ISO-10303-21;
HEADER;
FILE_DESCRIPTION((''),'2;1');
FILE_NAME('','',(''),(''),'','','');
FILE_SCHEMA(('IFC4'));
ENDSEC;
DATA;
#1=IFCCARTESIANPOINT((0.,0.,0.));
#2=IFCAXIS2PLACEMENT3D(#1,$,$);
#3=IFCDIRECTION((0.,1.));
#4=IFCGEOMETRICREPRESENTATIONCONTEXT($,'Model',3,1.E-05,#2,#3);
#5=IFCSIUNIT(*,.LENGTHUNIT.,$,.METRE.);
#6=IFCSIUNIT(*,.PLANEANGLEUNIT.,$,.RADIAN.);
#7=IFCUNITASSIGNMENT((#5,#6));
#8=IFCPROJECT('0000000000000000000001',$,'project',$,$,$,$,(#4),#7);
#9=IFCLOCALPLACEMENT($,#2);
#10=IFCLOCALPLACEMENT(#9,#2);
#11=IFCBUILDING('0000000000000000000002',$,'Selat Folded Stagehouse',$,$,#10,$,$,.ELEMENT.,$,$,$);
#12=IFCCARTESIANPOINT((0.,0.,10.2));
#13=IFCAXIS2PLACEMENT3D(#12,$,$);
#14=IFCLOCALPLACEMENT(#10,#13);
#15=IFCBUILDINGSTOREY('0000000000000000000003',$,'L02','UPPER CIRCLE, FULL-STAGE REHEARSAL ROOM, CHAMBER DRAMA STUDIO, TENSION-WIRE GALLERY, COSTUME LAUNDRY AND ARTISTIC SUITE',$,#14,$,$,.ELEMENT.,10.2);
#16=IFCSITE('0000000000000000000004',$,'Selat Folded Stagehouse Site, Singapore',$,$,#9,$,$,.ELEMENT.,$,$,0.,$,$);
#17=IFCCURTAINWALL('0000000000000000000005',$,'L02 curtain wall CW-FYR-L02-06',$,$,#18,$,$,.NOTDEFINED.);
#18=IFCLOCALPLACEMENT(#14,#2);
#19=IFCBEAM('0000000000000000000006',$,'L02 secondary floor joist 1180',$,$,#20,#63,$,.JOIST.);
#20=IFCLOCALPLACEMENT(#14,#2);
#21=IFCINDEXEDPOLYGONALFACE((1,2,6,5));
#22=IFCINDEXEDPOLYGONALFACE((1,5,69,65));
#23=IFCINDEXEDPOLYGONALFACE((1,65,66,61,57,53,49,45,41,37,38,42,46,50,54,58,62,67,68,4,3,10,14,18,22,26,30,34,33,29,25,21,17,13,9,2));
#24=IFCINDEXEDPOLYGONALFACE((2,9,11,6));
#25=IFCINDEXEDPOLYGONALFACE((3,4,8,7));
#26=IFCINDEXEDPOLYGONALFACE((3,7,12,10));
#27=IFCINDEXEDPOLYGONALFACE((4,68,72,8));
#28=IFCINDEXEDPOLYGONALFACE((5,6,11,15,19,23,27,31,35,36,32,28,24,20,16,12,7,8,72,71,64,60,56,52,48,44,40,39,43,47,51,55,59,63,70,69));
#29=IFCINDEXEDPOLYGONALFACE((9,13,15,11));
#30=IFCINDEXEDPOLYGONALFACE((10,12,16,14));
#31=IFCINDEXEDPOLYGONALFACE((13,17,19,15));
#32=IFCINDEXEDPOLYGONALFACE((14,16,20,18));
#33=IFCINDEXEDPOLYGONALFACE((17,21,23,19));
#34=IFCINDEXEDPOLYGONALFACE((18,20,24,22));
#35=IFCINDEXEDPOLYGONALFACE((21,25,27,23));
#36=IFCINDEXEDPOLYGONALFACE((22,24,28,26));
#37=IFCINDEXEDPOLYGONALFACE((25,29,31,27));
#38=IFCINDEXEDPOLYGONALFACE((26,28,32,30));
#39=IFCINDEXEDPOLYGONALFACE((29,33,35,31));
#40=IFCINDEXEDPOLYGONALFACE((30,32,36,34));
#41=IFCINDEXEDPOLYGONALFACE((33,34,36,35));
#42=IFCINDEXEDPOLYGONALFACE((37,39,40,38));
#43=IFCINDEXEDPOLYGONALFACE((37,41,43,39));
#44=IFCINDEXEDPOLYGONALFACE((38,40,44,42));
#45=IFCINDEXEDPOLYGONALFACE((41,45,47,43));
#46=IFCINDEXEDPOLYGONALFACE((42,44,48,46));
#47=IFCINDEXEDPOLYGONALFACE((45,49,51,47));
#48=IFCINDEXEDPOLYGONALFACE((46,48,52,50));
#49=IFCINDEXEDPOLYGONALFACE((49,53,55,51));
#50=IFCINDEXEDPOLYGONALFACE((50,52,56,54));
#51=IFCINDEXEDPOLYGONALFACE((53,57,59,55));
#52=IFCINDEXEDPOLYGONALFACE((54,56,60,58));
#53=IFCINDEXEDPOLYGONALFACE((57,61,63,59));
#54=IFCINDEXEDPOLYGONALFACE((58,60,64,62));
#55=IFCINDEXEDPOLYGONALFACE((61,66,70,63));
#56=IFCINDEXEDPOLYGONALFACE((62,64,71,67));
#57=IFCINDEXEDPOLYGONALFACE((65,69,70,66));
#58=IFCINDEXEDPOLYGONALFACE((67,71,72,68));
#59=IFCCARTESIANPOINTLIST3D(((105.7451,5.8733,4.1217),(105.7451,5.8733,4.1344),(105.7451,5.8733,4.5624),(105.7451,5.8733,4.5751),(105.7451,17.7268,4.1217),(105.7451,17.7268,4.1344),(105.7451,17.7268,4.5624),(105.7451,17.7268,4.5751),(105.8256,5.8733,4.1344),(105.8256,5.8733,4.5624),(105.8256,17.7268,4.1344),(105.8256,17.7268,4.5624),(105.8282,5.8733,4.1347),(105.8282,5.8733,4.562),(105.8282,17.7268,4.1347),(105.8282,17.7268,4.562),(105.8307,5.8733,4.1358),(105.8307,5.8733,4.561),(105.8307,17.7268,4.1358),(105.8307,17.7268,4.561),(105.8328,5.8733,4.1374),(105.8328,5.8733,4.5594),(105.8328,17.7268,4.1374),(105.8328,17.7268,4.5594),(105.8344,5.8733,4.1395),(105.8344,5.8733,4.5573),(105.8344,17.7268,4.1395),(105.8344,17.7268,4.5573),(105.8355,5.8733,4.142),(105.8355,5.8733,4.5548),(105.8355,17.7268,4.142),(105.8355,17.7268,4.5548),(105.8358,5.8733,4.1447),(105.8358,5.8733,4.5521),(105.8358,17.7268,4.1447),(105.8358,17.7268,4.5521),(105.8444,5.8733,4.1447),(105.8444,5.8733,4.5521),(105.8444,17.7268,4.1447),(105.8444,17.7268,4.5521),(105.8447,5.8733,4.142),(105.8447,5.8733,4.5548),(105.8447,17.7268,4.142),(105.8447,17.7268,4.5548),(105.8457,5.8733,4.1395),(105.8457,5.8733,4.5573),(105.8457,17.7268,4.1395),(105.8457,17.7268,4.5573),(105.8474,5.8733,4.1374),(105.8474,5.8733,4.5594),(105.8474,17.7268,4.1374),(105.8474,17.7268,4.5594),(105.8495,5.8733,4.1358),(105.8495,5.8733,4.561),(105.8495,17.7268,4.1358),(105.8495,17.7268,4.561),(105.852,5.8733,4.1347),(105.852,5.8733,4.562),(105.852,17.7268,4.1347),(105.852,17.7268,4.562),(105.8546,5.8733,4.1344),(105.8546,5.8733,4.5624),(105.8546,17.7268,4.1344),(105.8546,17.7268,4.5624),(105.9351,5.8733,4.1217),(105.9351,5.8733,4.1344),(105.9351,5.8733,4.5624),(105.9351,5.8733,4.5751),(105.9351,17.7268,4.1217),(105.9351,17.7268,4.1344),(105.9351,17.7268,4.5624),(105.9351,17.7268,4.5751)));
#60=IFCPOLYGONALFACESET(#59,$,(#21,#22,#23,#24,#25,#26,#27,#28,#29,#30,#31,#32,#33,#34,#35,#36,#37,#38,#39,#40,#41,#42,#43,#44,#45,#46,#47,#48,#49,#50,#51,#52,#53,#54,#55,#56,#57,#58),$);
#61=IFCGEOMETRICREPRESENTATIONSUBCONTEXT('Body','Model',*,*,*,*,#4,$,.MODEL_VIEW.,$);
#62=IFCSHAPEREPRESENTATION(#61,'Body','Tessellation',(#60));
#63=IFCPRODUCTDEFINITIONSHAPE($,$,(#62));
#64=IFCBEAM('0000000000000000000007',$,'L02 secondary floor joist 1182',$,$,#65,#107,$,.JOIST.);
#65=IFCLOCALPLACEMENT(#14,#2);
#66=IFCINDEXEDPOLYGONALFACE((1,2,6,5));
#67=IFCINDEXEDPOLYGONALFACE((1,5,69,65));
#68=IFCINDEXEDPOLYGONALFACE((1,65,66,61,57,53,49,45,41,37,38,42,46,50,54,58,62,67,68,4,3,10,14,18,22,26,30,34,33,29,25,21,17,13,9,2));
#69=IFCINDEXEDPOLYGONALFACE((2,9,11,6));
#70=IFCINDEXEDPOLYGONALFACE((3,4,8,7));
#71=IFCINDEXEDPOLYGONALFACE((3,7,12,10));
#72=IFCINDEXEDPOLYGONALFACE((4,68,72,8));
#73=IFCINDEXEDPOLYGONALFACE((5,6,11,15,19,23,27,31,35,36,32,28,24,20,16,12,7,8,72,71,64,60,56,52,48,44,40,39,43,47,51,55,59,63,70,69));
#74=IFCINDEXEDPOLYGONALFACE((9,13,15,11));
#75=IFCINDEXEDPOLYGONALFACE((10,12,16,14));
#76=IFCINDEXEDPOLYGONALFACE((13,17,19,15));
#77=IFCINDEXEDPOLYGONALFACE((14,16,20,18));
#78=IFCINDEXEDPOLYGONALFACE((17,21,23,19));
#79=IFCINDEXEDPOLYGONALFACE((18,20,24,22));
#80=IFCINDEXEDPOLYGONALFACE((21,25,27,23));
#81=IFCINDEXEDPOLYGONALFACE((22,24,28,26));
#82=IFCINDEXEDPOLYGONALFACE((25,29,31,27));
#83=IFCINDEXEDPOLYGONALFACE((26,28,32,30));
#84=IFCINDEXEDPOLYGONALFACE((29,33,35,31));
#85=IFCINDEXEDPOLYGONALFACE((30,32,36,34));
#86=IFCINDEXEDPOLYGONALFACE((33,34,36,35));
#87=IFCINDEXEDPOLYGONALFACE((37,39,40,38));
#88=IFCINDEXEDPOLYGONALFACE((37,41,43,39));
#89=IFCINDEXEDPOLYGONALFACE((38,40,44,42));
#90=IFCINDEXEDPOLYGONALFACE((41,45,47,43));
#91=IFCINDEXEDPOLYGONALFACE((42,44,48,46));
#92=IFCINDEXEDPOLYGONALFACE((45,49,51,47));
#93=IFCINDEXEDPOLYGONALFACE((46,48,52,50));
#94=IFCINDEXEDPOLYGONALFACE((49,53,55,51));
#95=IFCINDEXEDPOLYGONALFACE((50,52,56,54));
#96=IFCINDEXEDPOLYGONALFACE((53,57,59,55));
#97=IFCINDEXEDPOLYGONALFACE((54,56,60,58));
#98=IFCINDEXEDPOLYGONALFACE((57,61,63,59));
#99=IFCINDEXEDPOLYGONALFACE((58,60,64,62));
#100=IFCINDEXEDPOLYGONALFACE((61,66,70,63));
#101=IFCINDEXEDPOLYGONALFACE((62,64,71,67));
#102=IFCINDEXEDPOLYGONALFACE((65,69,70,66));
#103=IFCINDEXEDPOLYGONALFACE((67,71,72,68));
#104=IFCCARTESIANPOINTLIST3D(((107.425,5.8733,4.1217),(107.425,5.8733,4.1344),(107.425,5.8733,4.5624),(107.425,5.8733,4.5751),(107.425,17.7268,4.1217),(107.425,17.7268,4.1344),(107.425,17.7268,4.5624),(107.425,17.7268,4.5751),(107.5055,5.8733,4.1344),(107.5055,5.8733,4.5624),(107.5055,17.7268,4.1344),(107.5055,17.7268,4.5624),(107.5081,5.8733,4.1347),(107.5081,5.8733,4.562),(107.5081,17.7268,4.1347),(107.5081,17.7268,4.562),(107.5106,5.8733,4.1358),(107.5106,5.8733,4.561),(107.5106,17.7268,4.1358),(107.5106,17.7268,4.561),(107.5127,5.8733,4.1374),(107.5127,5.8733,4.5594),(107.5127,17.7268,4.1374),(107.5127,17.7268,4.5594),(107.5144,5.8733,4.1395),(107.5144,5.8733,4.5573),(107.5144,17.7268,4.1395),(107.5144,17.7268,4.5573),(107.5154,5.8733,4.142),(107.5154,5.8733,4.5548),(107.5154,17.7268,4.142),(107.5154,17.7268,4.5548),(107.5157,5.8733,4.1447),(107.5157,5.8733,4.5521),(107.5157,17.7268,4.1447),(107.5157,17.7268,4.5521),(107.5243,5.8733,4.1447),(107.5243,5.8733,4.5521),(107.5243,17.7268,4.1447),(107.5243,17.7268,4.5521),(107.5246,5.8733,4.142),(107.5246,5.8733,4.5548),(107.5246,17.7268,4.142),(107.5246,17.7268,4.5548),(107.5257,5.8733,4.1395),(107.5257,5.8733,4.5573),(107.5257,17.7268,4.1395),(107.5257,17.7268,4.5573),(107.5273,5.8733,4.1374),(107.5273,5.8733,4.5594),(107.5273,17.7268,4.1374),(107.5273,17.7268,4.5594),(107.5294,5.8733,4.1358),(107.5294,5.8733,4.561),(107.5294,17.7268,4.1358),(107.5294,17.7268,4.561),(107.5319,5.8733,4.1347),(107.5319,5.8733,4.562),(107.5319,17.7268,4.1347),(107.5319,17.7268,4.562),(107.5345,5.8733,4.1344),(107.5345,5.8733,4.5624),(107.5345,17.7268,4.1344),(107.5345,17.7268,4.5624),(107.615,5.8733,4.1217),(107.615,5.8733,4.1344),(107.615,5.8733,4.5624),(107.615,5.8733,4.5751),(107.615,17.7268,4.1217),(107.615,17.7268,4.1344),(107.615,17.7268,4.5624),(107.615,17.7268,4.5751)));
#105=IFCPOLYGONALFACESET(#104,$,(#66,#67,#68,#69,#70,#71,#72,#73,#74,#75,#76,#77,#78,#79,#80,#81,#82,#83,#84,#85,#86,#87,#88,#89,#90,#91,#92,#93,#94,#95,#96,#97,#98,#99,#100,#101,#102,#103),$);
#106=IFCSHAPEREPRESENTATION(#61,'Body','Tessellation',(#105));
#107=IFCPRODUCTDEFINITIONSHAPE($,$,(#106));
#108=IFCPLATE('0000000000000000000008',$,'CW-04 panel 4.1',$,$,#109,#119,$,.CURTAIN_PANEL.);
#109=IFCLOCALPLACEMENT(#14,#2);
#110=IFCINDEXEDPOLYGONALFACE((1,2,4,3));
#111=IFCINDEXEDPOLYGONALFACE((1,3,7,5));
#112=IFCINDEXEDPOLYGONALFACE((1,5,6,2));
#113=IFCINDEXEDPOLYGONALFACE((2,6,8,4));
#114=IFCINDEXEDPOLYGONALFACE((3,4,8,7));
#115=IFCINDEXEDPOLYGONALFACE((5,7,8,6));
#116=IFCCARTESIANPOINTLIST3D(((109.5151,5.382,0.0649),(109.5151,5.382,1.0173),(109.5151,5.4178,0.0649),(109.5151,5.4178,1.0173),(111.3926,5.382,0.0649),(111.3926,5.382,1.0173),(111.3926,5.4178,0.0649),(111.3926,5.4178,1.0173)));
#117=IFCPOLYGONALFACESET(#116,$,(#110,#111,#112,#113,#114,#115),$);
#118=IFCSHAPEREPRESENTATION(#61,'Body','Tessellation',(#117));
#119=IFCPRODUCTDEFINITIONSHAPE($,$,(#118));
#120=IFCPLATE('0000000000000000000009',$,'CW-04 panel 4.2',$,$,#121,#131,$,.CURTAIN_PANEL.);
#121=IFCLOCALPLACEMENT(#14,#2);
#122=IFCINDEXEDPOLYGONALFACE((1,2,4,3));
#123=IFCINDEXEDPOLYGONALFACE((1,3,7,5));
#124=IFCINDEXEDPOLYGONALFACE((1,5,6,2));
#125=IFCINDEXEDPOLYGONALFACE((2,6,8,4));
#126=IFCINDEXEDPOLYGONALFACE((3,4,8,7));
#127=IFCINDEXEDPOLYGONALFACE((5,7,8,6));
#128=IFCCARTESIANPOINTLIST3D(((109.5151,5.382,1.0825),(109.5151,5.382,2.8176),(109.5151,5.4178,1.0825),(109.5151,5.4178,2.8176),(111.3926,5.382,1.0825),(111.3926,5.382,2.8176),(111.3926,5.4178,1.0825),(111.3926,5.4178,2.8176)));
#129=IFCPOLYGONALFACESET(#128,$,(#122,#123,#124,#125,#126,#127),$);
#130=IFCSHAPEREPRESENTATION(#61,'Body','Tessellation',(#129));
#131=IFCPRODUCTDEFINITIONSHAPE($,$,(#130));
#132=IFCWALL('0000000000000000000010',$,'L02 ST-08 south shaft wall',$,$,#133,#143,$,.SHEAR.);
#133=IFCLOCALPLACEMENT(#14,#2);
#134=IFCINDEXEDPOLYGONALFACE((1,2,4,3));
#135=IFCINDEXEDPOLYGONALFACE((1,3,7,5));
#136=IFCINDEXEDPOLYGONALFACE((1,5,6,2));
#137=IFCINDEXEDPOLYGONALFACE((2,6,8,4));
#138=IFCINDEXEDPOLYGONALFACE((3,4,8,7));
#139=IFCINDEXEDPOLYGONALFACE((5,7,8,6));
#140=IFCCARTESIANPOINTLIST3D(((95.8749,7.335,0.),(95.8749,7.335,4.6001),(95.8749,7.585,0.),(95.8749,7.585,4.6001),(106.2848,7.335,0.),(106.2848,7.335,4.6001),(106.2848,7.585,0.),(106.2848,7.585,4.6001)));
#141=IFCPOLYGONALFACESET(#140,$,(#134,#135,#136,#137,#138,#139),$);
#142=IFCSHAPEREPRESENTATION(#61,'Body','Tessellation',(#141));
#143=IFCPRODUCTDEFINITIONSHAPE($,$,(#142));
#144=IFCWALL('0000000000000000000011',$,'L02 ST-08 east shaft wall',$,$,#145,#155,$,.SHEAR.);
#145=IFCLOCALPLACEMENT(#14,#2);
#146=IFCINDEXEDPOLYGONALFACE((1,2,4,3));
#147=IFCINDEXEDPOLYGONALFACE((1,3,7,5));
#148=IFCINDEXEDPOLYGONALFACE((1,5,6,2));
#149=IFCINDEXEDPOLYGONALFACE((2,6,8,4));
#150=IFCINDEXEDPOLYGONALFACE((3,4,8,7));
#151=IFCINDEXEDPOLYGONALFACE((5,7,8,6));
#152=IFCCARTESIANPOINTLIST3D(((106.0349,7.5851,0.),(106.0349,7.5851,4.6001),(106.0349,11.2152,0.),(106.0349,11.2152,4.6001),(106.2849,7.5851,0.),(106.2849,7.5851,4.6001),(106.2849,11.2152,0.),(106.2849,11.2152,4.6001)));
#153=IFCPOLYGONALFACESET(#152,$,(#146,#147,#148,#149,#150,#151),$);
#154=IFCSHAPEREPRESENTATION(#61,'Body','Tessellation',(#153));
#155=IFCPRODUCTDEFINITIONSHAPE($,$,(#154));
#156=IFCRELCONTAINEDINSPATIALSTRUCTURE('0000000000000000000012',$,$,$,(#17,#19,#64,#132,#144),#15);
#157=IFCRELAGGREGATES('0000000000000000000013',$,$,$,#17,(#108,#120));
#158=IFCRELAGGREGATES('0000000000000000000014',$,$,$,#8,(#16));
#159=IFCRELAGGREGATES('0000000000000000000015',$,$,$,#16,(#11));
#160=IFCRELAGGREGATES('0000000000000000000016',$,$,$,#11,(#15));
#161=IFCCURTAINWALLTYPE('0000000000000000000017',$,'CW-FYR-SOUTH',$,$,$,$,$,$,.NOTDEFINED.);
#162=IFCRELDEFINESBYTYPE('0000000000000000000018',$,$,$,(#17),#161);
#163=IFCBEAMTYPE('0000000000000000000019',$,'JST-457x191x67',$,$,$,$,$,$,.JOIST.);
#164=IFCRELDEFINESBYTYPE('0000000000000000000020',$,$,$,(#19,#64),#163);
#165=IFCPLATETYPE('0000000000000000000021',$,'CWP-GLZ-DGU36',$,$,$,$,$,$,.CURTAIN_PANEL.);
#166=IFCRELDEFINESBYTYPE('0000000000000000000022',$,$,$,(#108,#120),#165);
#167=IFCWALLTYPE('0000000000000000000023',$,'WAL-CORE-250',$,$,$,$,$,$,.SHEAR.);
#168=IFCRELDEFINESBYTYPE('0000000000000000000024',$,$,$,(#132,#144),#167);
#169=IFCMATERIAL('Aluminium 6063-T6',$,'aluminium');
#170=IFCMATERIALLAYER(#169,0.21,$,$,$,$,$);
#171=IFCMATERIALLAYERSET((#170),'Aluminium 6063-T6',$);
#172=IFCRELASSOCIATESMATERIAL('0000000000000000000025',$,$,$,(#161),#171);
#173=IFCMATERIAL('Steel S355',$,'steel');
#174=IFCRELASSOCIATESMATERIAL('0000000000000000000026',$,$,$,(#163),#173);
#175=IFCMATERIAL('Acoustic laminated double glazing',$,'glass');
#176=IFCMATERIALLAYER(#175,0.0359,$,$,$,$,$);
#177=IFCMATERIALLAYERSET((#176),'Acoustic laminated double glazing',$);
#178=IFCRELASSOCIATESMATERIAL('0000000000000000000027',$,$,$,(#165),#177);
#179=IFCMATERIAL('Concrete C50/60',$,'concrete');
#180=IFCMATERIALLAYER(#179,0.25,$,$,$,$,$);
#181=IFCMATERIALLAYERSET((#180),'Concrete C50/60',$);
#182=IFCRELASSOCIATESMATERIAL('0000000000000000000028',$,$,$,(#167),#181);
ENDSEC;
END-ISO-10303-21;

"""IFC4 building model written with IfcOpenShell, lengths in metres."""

from ifc_helpers import new_model, si_unit, direction, frame, frame_2d, origin, origin_2d, place, context, subcontext, project, spatial, rectangle, i_section, extrude, material, layer, layer_set, material_profile, profile_set, type_object, element, aggregate, save


model = new_model("IFC4")

# Units and contexts
model_context = context("Model", 3, precision=1e-05, world=origin(), true_north=direction((0.0, 1.0)))
body_context = subcontext(model_context, "Body", "Model", "MODEL_VIEW")
ifc_project = project(units=[si_unit("LENGTHUNIT", "METRE"), si_unit("PLANEANGLEUNIT", "RADIAN")], contexts=[model_context])

# Site, building, storey
site_placement = place(None, origin())
site = spatial("IfcSite", under=ifc_project, at=site_placement, Name="Selat Folded Stagehouse Site, Singapore", CompositionType="ELEMENT", RefElevation=0.0)
building_placement = place(site_placement, origin())
building = spatial("IfcBuilding", under=site, at=building_placement, Name="Selat Folded Stagehouse", CompositionType="ELEMENT")
storey_placement = place(building_placement, frame((0.0, 0.0, 10.2)))
storey = spatial("IfcBuildingStorey", under=building, at=storey_placement, Name="L02", Description="UPPER CIRCLE, FULL-STAGE REHEARSAL ROOM, CHAMBER DRAMA STUDIO, TENSION-WIRE GALLERY, COSTUME LAUNDRY AND ARTISTIC SUITE", CompositionType="ELEMENT", Elevation=10.2)

# Shared definitions
ifc_material_1 = material(Name="Steel S355", Category="steel")

# Curtain wall
ifc_material_2 = material(Name="Aluminium 6063-T6", Category="aluminium")
ifc_layer_1 = layer(ifc_material_2, 0.21)
ifc_layer_set_1 = layer_set([ifc_layer_1], Name="Aluminium 6063-T6")
curtain_wall_type_1 = type_object("IfcCurtainWallType", Name="CW-FYR-SOUTH", PredefinedType="NOTDEFINED", material=ifc_layer_set_1)
curtain_wall_1_placement = place(storey_placement, origin())
curtain_wall_1 = element("IfcCurtainWall", 1, at=curtain_wall_1_placement, inside=storey, type_object=curtain_wall_type_1, Name="L02 curtain wall CW-FYR-L02-06", PredefinedType="NOTDEFINED")

# Beams
ifc_material_profile_1 = material_profile(ifc_material_1, i_section(OverallWidth=0.1899, OverallDepth=0.4534, WebThickness=0.0085, FlangeThickness=0.0127, FilletRadius=0.0103, at=origin_2d()), Name="UKB 457x191x67")
ifc_profile_set_1 = profile_set([ifc_material_profile_1], Name="Steel S355")
beam_type_1 = type_object("IfcBeamType", Name="JST-457x191x67", PredefinedType="JOIST", material=ifc_profile_set_1)
for number, where, z_axis, x_axis, name in (
    (2, (105.8401, 5.8733, 4.3484), (0.0, 1.0, 0.0), (-1.0, 0.0, 0.0), "L02 secondary floor joist 1180"),
    (3, (107.52, 5.8733, 4.3484), (0.0, 1.0, 0.0), (-1.0, 0.0, 0.0), "L02 secondary floor joist 1182"),
):
    element("IfcBeam", number, at=place(storey_placement, frame(where, z_axis=z_axis, x_axis=x_axis)), inside=storey, type_object=beam_type_1, Name=name, PredefinedType="JOIST", context=body_context, shape_type="SweptSolid", body=[
        extrude(i_section(OverallWidth=0.1899, OverallDepth=0.4534, WebThickness=0.0085, FlangeThickness=0.0127, FilletRadius=0.0103, at=origin_2d()), origin(), (0.0, 0.0, 1.0), 11.8535),
    ])

# Plates
ifc_material_3 = material(Name="Acoustic laminated double glazing", Category="glass")
ifc_layer_2 = layer(ifc_material_3, 0.0359)
ifc_layer_set_2 = layer_set([ifc_layer_2], Name="Acoustic laminated double glazing")
plate_type = type_object("IfcPlateType", Name="CWP-GLZ-DGU36", PredefinedType="CURTAIN_PANEL", material=ifc_layer_set_2)
plate_1_placement = place(storey_placement, frame((110.4539, 5.3999, 0.0649), z_axis=(0.0, 0.0, 1.0), x_axis=(-1.0, 0.0, 0.0)))
plate_1 = element("IfcPlate", 4, at=plate_1_placement, type_object=plate_type, Name="CW-04 panel 4.1", PredefinedType="CURTAIN_PANEL", context=body_context, shape_type="SweptSolid", body=[
    extrude(rectangle(XDim=1.8774, YDim=0.0359, at=origin_2d()), origin(), (0.0, 0.0, 1.0), 0.9524),
])
plate_2_placement = place(storey_placement, frame((110.4539, 5.3999, 1.0825), z_axis=(0.0, 0.0, 1.0), x_axis=(-1.0, 0.0, 0.0)))
plate_2 = element("IfcPlate", 5, at=plate_2_placement, type_object=plate_type, Name="CW-04 panel 4.2", PredefinedType="CURTAIN_PANEL", context=body_context, shape_type="SweptSolid", body=[
    extrude(rectangle(XDim=1.8774, YDim=0.0359, at=origin_2d()), origin(), (0.0, 0.0, 1.0), 1.7351),
])
aggregate(curtain_wall_1, [plate_1, plate_2])

# Walls
ifc_material_4 = material(Name="Concrete C50/60", Category="concrete")
ifc_layer_3 = layer(ifc_material_4, 0.25)
ifc_layer_set_3 = layer_set([ifc_layer_3], Name="Concrete C50/60")
wall_type = type_object("IfcWallType", Name="WAL-CORE-250", PredefinedType="SHEAR", material=ifc_layer_set_3)
wall_1_placement = place(storey_placement, frame((106.2849, 7.46, 0.0), z_axis=(0.0, 0.0, 1.0), x_axis=(-1.0, 0.0, 0.0)))
element("IfcWall", 6, at=wall_1_placement, inside=storey, type_object=wall_type, Name="L02 ST-08 south shaft wall", PredefinedType="SHEAR", context=body_context, shape_type="SweptSolid", body=[
    extrude(rectangle(XDim=10.4099, YDim=0.25, at=frame_2d((5.2051, 0.0))), origin(), (0.0, 0.0, 1.0), 4.6001),
])
wall_2_placement = place(storey_placement, frame((106.1599, 11.2151, 0.0), z_axis=(0.0, 0.0, 1.0), x_axis=(0.0, -1.0, 0.0)))
element("IfcWall", 7, at=wall_2_placement, inside=storey, type_object=wall_type, Name="L02 ST-08 east shaft wall", PredefinedType="SHEAR", context=body_context, shape_type="SweptSolid", body=[
    extrude(rectangle(XDim=3.6301, YDim=0.25, at=frame_2d((1.8149, 0.0))), origin(), (0.0, 0.0, 1.0), 4.6001),
])

save(model, "model.ifc")
